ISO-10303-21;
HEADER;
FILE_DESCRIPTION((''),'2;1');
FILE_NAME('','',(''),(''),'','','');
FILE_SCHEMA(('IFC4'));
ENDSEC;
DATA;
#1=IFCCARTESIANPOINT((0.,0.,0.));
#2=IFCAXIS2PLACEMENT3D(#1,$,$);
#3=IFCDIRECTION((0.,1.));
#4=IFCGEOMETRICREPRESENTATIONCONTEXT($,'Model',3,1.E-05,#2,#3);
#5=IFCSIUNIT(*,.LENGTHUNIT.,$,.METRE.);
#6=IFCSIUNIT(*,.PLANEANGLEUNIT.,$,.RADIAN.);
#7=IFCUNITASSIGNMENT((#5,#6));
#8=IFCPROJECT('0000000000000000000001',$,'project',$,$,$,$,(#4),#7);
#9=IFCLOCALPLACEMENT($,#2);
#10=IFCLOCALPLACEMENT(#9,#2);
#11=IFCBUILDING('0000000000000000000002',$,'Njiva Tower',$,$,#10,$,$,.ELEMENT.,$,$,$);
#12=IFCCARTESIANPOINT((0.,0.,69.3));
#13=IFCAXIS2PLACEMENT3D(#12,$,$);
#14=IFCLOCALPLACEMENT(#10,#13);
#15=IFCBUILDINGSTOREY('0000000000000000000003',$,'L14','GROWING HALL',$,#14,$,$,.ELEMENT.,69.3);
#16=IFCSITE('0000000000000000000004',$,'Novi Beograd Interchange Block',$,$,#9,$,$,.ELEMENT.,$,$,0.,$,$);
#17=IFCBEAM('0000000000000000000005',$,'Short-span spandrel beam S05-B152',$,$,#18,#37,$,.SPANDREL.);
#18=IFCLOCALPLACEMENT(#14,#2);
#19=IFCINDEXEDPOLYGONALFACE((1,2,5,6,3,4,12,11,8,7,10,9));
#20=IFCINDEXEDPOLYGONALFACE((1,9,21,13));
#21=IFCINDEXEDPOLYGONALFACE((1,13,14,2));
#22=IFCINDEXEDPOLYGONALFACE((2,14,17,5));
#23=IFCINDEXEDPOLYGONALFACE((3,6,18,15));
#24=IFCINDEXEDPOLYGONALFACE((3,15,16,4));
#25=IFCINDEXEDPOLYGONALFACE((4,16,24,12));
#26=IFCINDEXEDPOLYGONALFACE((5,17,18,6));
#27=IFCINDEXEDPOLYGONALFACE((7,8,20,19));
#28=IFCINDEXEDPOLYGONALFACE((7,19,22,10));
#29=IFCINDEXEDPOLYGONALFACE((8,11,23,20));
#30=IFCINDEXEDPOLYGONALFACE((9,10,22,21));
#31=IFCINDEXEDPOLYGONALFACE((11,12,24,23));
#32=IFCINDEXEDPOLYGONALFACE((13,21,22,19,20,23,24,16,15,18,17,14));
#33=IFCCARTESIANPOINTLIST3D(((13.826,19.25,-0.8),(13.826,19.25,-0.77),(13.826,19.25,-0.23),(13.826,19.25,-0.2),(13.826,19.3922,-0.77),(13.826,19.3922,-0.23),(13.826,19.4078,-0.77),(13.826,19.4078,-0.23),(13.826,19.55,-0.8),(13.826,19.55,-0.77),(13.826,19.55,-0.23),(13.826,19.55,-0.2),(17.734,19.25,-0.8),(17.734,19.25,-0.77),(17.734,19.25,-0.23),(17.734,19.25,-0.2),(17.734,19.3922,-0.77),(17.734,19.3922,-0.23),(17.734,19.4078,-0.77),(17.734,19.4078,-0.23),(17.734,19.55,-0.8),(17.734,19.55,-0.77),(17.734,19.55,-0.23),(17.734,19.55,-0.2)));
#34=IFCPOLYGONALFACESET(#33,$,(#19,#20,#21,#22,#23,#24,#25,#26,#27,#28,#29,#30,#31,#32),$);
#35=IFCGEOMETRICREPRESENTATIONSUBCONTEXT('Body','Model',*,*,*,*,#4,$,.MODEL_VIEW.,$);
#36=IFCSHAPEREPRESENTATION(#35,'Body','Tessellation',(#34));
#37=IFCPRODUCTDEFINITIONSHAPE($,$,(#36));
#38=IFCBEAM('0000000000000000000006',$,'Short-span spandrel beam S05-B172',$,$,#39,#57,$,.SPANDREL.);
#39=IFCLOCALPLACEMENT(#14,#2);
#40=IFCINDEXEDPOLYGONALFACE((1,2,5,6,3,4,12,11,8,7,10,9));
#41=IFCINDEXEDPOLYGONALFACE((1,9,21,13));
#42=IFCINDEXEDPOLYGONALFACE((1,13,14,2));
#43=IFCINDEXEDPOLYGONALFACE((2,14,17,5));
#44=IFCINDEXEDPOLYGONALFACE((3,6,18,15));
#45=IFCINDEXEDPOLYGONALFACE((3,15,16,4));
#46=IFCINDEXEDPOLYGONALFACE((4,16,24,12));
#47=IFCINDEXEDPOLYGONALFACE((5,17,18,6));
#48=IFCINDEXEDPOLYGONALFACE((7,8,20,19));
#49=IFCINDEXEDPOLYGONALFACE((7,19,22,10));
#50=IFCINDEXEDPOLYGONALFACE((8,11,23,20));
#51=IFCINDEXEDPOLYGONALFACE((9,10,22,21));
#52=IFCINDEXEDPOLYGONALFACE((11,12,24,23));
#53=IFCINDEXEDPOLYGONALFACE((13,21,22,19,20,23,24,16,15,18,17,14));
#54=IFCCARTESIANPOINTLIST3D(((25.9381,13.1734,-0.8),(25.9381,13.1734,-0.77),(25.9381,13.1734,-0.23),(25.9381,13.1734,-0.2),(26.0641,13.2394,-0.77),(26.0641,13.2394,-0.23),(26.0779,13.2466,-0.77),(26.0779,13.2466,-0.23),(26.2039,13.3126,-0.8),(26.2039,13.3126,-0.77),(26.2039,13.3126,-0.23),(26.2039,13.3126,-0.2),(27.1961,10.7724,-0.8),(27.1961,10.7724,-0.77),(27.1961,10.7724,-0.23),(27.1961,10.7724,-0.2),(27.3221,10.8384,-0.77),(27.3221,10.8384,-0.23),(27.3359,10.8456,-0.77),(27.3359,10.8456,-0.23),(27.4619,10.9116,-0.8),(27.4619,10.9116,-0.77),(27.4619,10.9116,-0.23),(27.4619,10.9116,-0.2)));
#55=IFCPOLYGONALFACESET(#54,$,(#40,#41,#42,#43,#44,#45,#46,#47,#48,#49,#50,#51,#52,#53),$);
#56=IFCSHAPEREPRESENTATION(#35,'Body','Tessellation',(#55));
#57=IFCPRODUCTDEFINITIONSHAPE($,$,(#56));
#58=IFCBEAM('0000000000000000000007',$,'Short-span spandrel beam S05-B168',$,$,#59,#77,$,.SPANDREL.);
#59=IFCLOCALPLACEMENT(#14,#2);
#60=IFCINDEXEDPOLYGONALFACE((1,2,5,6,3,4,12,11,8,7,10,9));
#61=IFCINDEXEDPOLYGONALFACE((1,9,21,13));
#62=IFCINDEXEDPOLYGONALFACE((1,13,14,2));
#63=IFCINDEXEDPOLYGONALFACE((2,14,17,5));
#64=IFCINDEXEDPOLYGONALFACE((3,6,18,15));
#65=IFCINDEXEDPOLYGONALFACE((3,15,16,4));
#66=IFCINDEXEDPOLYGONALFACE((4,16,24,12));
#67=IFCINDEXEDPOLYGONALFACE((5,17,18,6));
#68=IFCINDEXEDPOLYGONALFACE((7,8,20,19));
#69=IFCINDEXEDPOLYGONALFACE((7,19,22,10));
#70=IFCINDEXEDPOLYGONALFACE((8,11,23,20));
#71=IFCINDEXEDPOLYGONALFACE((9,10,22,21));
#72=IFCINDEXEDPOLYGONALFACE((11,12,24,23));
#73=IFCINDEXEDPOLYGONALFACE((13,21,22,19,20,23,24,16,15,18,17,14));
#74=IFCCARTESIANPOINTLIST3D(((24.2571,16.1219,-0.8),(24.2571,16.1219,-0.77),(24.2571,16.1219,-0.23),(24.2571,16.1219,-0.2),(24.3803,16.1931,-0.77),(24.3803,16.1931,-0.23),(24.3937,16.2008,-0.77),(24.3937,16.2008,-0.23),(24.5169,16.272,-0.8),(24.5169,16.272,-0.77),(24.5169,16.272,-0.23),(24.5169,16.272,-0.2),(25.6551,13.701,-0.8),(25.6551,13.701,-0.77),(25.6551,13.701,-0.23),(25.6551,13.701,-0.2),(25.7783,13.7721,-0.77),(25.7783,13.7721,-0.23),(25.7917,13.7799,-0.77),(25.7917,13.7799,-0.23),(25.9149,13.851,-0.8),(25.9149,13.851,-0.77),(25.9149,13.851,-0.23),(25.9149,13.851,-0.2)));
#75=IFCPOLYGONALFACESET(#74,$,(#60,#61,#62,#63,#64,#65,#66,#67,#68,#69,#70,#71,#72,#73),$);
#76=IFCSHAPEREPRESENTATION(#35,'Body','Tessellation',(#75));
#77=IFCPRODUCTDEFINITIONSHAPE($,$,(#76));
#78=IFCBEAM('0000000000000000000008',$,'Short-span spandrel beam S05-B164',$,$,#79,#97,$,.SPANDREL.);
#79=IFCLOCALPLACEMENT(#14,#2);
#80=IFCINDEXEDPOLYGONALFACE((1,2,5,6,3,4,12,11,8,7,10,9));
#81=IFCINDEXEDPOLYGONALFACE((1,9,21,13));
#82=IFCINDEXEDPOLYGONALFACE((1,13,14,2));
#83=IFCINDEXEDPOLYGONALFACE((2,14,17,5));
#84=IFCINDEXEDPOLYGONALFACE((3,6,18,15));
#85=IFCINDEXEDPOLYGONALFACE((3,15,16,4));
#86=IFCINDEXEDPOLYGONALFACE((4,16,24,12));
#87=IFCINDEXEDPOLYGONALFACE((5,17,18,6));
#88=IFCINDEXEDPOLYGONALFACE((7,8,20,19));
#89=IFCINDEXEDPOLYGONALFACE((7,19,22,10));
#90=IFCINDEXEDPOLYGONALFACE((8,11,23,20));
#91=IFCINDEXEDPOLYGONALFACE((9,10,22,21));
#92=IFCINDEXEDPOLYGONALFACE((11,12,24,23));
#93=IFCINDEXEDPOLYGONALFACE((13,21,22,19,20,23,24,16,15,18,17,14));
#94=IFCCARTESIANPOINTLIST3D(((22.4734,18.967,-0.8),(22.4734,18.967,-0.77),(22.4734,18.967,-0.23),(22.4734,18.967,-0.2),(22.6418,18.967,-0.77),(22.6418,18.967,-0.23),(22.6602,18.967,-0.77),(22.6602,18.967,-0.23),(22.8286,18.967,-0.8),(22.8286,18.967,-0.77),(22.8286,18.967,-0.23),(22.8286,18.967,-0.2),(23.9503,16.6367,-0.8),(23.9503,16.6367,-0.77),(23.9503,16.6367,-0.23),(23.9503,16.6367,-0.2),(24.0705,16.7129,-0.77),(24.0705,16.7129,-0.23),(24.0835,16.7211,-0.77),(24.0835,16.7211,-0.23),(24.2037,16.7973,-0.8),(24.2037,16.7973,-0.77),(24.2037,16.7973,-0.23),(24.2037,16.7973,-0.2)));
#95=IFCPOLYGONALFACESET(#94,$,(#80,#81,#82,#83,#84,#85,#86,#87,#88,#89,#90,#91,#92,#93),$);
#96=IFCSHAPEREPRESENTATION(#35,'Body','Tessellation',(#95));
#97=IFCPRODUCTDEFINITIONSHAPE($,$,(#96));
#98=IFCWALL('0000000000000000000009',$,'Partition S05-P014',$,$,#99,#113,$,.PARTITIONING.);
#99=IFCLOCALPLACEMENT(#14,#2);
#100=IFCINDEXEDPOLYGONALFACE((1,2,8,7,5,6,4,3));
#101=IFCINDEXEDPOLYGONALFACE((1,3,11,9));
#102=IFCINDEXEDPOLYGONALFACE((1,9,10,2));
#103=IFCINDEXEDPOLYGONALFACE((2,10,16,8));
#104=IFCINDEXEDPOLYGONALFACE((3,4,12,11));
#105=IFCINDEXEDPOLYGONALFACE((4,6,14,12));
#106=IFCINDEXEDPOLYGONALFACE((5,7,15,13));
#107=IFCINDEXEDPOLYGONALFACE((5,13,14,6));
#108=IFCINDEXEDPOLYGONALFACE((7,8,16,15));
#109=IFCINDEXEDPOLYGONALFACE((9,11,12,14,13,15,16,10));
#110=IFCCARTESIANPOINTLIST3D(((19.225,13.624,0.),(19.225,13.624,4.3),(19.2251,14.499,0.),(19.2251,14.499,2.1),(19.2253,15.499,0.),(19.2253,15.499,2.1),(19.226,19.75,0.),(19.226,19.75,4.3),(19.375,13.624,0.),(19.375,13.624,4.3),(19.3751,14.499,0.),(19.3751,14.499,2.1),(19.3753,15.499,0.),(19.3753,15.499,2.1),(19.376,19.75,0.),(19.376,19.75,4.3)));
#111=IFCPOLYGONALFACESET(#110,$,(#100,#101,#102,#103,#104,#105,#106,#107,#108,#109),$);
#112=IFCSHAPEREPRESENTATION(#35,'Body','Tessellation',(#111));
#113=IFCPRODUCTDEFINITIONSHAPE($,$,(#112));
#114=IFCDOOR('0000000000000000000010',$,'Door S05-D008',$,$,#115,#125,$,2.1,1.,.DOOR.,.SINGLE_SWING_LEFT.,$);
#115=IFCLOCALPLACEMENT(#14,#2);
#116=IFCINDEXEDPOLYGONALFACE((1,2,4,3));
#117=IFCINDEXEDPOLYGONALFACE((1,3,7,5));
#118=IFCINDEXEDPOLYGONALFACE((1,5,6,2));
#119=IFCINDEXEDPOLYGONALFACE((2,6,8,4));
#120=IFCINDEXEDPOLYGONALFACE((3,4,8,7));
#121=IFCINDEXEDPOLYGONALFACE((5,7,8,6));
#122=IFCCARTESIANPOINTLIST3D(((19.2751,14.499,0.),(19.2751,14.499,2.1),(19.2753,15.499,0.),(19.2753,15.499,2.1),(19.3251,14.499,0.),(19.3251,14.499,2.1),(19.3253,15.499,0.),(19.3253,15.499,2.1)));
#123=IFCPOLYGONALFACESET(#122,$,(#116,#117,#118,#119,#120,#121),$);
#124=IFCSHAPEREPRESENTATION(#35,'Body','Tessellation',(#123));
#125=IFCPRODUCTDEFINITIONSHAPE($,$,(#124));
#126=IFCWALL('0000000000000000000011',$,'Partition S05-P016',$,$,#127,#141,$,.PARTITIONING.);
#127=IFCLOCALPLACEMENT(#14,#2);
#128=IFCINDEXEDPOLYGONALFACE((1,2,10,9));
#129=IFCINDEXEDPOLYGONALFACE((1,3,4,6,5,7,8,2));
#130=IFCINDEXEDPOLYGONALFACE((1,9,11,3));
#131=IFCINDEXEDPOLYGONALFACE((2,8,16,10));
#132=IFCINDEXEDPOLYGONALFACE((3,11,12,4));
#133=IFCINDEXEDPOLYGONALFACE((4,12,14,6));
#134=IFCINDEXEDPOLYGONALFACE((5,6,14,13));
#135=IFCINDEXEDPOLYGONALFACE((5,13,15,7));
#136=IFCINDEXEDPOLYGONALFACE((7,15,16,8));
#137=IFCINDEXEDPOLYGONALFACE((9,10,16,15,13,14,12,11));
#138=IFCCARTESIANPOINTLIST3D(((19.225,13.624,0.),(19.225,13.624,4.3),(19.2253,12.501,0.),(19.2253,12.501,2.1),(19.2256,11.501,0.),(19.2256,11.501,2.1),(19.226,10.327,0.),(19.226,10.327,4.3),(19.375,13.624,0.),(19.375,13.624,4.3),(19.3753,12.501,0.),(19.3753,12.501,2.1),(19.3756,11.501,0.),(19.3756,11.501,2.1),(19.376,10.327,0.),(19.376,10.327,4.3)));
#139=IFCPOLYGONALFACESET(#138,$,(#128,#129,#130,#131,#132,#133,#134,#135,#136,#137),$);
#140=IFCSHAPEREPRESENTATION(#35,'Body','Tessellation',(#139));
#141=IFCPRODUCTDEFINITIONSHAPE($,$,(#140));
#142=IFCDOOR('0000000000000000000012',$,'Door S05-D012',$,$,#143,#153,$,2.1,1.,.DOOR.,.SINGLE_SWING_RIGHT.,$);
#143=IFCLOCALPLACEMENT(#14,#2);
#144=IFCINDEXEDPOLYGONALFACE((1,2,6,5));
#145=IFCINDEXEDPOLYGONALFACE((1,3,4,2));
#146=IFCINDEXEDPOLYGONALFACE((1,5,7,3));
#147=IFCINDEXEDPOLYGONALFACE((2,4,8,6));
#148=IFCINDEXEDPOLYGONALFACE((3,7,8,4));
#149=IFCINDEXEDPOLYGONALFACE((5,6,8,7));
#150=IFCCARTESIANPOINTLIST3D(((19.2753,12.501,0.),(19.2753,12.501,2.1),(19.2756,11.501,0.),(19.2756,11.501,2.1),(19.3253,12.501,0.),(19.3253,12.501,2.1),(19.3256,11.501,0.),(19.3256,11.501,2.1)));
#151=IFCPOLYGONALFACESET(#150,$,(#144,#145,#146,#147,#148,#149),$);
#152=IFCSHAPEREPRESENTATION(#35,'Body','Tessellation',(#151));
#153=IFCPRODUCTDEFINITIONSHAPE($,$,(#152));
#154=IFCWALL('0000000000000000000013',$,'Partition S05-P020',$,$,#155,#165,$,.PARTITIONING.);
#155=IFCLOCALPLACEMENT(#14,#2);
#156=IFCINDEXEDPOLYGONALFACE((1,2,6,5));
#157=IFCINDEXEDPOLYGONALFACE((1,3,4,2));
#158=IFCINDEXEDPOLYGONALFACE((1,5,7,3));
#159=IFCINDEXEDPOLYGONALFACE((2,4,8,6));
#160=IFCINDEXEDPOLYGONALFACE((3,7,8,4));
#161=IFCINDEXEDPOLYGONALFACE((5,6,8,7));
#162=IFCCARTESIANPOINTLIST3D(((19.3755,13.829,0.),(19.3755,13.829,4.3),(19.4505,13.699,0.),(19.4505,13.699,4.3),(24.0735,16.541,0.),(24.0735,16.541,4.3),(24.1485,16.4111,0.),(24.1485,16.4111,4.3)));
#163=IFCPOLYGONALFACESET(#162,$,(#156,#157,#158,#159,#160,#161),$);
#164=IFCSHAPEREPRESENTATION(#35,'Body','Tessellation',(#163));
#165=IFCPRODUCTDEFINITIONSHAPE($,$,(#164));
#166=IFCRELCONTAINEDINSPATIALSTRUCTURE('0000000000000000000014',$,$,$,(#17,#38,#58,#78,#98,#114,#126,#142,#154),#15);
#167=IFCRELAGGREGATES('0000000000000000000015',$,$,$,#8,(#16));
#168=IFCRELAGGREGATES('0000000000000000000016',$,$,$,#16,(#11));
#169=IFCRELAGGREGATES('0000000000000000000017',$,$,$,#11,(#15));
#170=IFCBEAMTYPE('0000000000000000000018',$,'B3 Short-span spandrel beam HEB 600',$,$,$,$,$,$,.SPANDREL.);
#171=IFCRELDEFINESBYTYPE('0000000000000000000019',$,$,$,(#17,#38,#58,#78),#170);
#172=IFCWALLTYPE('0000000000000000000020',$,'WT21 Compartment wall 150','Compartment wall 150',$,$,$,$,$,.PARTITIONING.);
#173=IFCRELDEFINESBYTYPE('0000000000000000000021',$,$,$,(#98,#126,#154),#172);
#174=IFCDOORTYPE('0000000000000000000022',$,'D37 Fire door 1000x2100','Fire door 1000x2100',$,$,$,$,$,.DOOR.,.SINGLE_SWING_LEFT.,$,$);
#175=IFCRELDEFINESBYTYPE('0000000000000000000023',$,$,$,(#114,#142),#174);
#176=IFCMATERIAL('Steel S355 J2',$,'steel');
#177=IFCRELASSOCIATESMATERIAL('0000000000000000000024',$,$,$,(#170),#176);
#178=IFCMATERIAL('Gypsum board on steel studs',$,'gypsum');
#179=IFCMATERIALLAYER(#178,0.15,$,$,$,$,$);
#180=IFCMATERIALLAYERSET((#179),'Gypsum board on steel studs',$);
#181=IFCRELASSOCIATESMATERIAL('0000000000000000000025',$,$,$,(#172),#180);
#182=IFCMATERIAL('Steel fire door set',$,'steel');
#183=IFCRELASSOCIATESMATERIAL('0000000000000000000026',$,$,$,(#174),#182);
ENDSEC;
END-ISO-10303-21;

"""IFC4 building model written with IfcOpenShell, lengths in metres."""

from ifc_helpers import new_model, si_unit, direction, frame, frame_2d, origin, origin_2d, place, context, subcontext, project, spatial, rectangle, i_section, extrude, clip, halfspace, material, layer, layer_set, material_profile, profile_set, type_object, element, fill, save


model = new_model("IFC4")

# Units and contexts
model_context = context("Model", 3, precision=1e-05, world=origin(), true_north=direction((0.0, 1.0)))
body_context = subcontext(model_context, "Body", "Model", "MODEL_VIEW")
ifc_project = project(units=[si_unit("LENGTHUNIT", "METRE"), si_unit("PLANEANGLEUNIT", "RADIAN")], contexts=[model_context])

# Site, building, storey
site_placement = place(None, origin())
site = spatial("IfcSite", under=ifc_project, at=site_placement, Name="Novi Beograd Interchange Block", CompositionType="ELEMENT", RefElevation=0.0)
building_placement = place(site_placement, origin())
building = spatial("IfcBuilding", under=site, at=building_placement, Name="Njiva Tower", CompositionType="ELEMENT")
storey_placement = place(building_placement, frame((0.0, 0.0, 69.3)))
storey = spatial("IfcBuildingStorey", under=building, at=storey_placement, Name="L14", Description="GROWING HALL", CompositionType="ELEMENT", Elevation=69.3)

# Shared definitions
ifc_material_1 = material(Name="Steel S355 J2", Category="steel")

# Beams
ifc_material_profile_1 = material_profile(ifc_material_1, i_section(OverallWidth=0.3, OverallDepth=0.6, WebThickness=0.0155, FlangeThickness=0.03, at=origin_2d()), Name="HEB 600")
ifc_profile_set_1 = profile_set([ifc_material_profile_1], Name="Steel S355 J2")
beam_type_1 = type_object("IfcBeamType", Name="B3 Short-span spandrel beam HEB 600", PredefinedType="SPANDREL", material=ifc_profile_set_1)
beam_1_placement = place(storey_placement, frame((17.734, 19.4, -0.5), z_axis=(-1.0, 0.0, 0.0), x_axis=(0.0, -1.0, 0.0)))
element("IfcBeam", 1, at=beam_1_placement, inside=storey, type_object=beam_type_1, Name="Short-span spandrel beam S05-B152", PredefinedType="SPANDREL", context=body_context, shape_type="SweptSolid", body=[
    extrude(i_section(OverallWidth=0.3, OverallDepth=0.6, WebThickness=0.0155, FlangeThickness=0.03, at=origin_2d()), origin(), (0.0, 0.0, 1.0), 3.908),
])
beam_2_placement = place(storey_placement, frame((27.329, 10.842, -0.5), z_axis=(-0.464103, 0.885781, 0.0), x_axis=(-0.885781, -0.464103, 0.0)))
element("IfcBeam", 2, at=beam_2_placement, inside=storey, type_object=beam_type_1, Name="Short-span spandrel beam S05-B172", PredefinedType="SPANDREL", context=body_context, shape_type="SweptSolid", body=[
    extrude(i_section(OverallWidth=0.3, OverallDepth=0.6, WebThickness=0.0155, FlangeThickness=0.03, at=origin_2d()), origin(), (0.0, 0.0, 1.0), 2.7106),
])
beam_3_placement = place(storey_placement, frame((25.785, 13.776, -0.5), z_axis=(-0.500063, 0.865989, 0.0), x_axis=(-0.865989, -0.500063, 0.0)))
element("IfcBeam", 3, at=beam_3_placement, inside=storey, type_object=beam_type_1, Name="Short-span spandrel beam S05-B168", PredefinedType="SPANDREL", context=body_context, shape_type="SweptSolid", body=[
    extrude(i_section(OverallWidth=0.3, OverallDepth=0.6, WebThickness=0.0155, FlangeThickness=0.03, at=origin_2d()), origin(), (0.0, 0.0, 1.0), 2.7956),
])
beam_4_placement = place(storey_placement, frame((24.077, 16.717, -0.5), z_axis=(-0.53532, 0.844649, 0.0), x_axis=(-0.844649, -0.53532, 0.0)))
element("IfcBeam", 4, at=beam_4_placement, inside=storey, type_object=beam_type_1, Name="Short-span spandrel beam S05-B164", PredefinedType="SPANDREL", context=body_context, shape_type="Clipping", body=[
    clip(extrude(i_section(OverallWidth=0.3, OverallDepth=0.6, WebThickness=0.0155, FlangeThickness=0.03, at=origin_2d()), origin(), (0.0, 0.0, 1.0), 2.7788), halfspace(frame((-0.0269, 0.0, 2.6468), z_axis=(-0.53532, 0.0, 0.844649), x_axis=(0.0, 1.0, 0.0)), False)),
])

# Walls, openings, doors
ifc_material_2 = material(Name="Gypsum board on steel studs", Category="gypsum")
ifc_layer_1 = layer(ifc_material_2, 0.15)
ifc_layer_set_1 = layer_set([ifc_layer_1], Name="Gypsum board on steel studs")
wall_type_1 = type_object("IfcWallType", Name="WT21 Compartment wall 150", Description="Compartment wall 150", PredefinedType="PARTITIONING", material=ifc_layer_set_1)
wall_1_placement = place(storey_placement, frame((19.3, 13.624, 0.0), z_axis=(0.0, 0.0, 1.0), x_axis=(0.000163, 1.0, 0.0)))
wall_1 = element("IfcWall", 5, at=wall_1_placement, inside=storey, type_object=wall_type_1, Name="Partition S05-P014", PredefinedType="PARTITIONING", context=body_context, shape_type="SweptSolid", body=[
    extrude(rectangle(XDim=6.126, YDim=0.15, at=frame_2d((3.063, 0.0))), origin(), (0.0, 0.0, 1.0), 4.3),
])
opening_1_placement = place(wall_1_placement, frame((0.875, 0.0, 0.0)))
opening_1 = element("IfcOpeningElement", 6, at=opening_1_placement, cuts=wall_1, PredefinedType="OPENING", context=body_context, shape_type="SweptSolid", body=[
    extrude(rectangle(XDim=1.0, YDim=2.1, at=frame_2d((0.5, 1.05))), frame((0.0, 0.085, 0.0), z_axis=(0.0, -1.0, 0.0), x_axis=(1.0, 0.0, 0.0)), (0.0, 0.0, 1.0), 0.17),
])
ifc_material_3 = material(Name="Steel fire door set", Category="steel")
door_type = type_object("IfcDoorType", Name="D37 Fire door 1000x2100", Description="Fire door 1000x2100", OperationType="SINGLE_SWING_LEFT", PredefinedType="DOOR", material=ifc_material_3)
door_1_placement = place(opening_1_placement, origin())
door_1 = element("IfcDoor", 7, at=door_1_placement, inside=storey, type_object=door_type, Name="Door S05-D008", OperationType="SINGLE_SWING_LEFT", OverallHeight=2.1, OverallWidth=1.0, PredefinedType="DOOR", context=body_context, shape_type="SweptSolid", body=[
    extrude(rectangle(XDim=1.0, YDim=2.1, at=frame_2d((0.5, 1.05))), frame((0.0, 0.025, 0.0), z_axis=(0.0, -1.0, 0.0), x_axis=(1.0, 0.0, 0.0)), (0.0, 0.0, 1.0), 0.05),
])
fill(opening_1, door_1)
wall_2_placement = place(storey_placement, frame((19.3, 13.624, 0.0), z_axis=(0.0, 0.0, 1.0), x_axis=(0.000303, -1.0, 0.0)))
wall_2 = element("IfcWall", 8, at=wall_2_placement, inside=storey, type_object=wall_type_1, Name="Partition S05-P016", PredefinedType="PARTITIONING", context=body_context, shape_type="SweptSolid", body=[
    extrude(rectangle(XDim=3.297, YDim=0.15, at=frame_2d((1.6485, 0.0))), origin(), (0.0, 0.0, 1.0), 4.3),
])
opening_2_placement = place(wall_2_placement, frame((1.123, 0.0, 0.0)))
opening_2 = element("IfcOpeningElement", 9, at=opening_2_placement, cuts=wall_2, PredefinedType="OPENING", context=body_context, shape_type="SweptSolid", body=[
    extrude(rectangle(XDim=1.0, YDim=2.1, at=frame_2d((0.5, 1.05))), frame((0.0, 0.085, 0.0), z_axis=(0.0, -1.0, 0.0), x_axis=(1.0, 0.0, 0.0)), (0.0, 0.0, 1.0), 0.17),
])
door_2_placement = place(opening_2_placement, origin())
door_2 = element("IfcDoor", 10, at=door_2_placement, inside=storey, type_object=door_type, Name="Door S05-D012", OperationType="SINGLE_SWING_RIGHT", OverallHeight=2.1, OverallWidth=1.0, PredefinedType="DOOR", context=body_context, shape_type="SweptSolid", body=[
    extrude(rectangle(XDim=1.0, YDim=2.1, at=frame_2d((0.5, 1.05))), frame((0.0, 0.025, 0.0), z_axis=(0.0, -1.0, 0.0), x_axis=(1.0, 0.0, 0.0)), (0.0, 0.0, 1.0), 0.05),
])
fill(opening_2, door_2)

# Wall
wall_3_placement = place(storey_placement, frame((19.413, 13.764, 0.0), z_axis=(0.0, 0.0, 1.0), x_axis=(0.866057, 0.499946, 0.0)))
element("IfcWall", 11, at=wall_3_placement, inside=storey, type_object=wall_type_1, Name="Partition S05-P020", PredefinedType="PARTITIONING", context=body_context, shape_type="SweptSolid", body=[
    extrude(rectangle(XDim=5.4246, YDim=0.15, at=frame_2d((2.7123, 0.0))), origin(), (0.0, 0.0, 1.0), 4.3),
])

save(model, "model.ifc")
